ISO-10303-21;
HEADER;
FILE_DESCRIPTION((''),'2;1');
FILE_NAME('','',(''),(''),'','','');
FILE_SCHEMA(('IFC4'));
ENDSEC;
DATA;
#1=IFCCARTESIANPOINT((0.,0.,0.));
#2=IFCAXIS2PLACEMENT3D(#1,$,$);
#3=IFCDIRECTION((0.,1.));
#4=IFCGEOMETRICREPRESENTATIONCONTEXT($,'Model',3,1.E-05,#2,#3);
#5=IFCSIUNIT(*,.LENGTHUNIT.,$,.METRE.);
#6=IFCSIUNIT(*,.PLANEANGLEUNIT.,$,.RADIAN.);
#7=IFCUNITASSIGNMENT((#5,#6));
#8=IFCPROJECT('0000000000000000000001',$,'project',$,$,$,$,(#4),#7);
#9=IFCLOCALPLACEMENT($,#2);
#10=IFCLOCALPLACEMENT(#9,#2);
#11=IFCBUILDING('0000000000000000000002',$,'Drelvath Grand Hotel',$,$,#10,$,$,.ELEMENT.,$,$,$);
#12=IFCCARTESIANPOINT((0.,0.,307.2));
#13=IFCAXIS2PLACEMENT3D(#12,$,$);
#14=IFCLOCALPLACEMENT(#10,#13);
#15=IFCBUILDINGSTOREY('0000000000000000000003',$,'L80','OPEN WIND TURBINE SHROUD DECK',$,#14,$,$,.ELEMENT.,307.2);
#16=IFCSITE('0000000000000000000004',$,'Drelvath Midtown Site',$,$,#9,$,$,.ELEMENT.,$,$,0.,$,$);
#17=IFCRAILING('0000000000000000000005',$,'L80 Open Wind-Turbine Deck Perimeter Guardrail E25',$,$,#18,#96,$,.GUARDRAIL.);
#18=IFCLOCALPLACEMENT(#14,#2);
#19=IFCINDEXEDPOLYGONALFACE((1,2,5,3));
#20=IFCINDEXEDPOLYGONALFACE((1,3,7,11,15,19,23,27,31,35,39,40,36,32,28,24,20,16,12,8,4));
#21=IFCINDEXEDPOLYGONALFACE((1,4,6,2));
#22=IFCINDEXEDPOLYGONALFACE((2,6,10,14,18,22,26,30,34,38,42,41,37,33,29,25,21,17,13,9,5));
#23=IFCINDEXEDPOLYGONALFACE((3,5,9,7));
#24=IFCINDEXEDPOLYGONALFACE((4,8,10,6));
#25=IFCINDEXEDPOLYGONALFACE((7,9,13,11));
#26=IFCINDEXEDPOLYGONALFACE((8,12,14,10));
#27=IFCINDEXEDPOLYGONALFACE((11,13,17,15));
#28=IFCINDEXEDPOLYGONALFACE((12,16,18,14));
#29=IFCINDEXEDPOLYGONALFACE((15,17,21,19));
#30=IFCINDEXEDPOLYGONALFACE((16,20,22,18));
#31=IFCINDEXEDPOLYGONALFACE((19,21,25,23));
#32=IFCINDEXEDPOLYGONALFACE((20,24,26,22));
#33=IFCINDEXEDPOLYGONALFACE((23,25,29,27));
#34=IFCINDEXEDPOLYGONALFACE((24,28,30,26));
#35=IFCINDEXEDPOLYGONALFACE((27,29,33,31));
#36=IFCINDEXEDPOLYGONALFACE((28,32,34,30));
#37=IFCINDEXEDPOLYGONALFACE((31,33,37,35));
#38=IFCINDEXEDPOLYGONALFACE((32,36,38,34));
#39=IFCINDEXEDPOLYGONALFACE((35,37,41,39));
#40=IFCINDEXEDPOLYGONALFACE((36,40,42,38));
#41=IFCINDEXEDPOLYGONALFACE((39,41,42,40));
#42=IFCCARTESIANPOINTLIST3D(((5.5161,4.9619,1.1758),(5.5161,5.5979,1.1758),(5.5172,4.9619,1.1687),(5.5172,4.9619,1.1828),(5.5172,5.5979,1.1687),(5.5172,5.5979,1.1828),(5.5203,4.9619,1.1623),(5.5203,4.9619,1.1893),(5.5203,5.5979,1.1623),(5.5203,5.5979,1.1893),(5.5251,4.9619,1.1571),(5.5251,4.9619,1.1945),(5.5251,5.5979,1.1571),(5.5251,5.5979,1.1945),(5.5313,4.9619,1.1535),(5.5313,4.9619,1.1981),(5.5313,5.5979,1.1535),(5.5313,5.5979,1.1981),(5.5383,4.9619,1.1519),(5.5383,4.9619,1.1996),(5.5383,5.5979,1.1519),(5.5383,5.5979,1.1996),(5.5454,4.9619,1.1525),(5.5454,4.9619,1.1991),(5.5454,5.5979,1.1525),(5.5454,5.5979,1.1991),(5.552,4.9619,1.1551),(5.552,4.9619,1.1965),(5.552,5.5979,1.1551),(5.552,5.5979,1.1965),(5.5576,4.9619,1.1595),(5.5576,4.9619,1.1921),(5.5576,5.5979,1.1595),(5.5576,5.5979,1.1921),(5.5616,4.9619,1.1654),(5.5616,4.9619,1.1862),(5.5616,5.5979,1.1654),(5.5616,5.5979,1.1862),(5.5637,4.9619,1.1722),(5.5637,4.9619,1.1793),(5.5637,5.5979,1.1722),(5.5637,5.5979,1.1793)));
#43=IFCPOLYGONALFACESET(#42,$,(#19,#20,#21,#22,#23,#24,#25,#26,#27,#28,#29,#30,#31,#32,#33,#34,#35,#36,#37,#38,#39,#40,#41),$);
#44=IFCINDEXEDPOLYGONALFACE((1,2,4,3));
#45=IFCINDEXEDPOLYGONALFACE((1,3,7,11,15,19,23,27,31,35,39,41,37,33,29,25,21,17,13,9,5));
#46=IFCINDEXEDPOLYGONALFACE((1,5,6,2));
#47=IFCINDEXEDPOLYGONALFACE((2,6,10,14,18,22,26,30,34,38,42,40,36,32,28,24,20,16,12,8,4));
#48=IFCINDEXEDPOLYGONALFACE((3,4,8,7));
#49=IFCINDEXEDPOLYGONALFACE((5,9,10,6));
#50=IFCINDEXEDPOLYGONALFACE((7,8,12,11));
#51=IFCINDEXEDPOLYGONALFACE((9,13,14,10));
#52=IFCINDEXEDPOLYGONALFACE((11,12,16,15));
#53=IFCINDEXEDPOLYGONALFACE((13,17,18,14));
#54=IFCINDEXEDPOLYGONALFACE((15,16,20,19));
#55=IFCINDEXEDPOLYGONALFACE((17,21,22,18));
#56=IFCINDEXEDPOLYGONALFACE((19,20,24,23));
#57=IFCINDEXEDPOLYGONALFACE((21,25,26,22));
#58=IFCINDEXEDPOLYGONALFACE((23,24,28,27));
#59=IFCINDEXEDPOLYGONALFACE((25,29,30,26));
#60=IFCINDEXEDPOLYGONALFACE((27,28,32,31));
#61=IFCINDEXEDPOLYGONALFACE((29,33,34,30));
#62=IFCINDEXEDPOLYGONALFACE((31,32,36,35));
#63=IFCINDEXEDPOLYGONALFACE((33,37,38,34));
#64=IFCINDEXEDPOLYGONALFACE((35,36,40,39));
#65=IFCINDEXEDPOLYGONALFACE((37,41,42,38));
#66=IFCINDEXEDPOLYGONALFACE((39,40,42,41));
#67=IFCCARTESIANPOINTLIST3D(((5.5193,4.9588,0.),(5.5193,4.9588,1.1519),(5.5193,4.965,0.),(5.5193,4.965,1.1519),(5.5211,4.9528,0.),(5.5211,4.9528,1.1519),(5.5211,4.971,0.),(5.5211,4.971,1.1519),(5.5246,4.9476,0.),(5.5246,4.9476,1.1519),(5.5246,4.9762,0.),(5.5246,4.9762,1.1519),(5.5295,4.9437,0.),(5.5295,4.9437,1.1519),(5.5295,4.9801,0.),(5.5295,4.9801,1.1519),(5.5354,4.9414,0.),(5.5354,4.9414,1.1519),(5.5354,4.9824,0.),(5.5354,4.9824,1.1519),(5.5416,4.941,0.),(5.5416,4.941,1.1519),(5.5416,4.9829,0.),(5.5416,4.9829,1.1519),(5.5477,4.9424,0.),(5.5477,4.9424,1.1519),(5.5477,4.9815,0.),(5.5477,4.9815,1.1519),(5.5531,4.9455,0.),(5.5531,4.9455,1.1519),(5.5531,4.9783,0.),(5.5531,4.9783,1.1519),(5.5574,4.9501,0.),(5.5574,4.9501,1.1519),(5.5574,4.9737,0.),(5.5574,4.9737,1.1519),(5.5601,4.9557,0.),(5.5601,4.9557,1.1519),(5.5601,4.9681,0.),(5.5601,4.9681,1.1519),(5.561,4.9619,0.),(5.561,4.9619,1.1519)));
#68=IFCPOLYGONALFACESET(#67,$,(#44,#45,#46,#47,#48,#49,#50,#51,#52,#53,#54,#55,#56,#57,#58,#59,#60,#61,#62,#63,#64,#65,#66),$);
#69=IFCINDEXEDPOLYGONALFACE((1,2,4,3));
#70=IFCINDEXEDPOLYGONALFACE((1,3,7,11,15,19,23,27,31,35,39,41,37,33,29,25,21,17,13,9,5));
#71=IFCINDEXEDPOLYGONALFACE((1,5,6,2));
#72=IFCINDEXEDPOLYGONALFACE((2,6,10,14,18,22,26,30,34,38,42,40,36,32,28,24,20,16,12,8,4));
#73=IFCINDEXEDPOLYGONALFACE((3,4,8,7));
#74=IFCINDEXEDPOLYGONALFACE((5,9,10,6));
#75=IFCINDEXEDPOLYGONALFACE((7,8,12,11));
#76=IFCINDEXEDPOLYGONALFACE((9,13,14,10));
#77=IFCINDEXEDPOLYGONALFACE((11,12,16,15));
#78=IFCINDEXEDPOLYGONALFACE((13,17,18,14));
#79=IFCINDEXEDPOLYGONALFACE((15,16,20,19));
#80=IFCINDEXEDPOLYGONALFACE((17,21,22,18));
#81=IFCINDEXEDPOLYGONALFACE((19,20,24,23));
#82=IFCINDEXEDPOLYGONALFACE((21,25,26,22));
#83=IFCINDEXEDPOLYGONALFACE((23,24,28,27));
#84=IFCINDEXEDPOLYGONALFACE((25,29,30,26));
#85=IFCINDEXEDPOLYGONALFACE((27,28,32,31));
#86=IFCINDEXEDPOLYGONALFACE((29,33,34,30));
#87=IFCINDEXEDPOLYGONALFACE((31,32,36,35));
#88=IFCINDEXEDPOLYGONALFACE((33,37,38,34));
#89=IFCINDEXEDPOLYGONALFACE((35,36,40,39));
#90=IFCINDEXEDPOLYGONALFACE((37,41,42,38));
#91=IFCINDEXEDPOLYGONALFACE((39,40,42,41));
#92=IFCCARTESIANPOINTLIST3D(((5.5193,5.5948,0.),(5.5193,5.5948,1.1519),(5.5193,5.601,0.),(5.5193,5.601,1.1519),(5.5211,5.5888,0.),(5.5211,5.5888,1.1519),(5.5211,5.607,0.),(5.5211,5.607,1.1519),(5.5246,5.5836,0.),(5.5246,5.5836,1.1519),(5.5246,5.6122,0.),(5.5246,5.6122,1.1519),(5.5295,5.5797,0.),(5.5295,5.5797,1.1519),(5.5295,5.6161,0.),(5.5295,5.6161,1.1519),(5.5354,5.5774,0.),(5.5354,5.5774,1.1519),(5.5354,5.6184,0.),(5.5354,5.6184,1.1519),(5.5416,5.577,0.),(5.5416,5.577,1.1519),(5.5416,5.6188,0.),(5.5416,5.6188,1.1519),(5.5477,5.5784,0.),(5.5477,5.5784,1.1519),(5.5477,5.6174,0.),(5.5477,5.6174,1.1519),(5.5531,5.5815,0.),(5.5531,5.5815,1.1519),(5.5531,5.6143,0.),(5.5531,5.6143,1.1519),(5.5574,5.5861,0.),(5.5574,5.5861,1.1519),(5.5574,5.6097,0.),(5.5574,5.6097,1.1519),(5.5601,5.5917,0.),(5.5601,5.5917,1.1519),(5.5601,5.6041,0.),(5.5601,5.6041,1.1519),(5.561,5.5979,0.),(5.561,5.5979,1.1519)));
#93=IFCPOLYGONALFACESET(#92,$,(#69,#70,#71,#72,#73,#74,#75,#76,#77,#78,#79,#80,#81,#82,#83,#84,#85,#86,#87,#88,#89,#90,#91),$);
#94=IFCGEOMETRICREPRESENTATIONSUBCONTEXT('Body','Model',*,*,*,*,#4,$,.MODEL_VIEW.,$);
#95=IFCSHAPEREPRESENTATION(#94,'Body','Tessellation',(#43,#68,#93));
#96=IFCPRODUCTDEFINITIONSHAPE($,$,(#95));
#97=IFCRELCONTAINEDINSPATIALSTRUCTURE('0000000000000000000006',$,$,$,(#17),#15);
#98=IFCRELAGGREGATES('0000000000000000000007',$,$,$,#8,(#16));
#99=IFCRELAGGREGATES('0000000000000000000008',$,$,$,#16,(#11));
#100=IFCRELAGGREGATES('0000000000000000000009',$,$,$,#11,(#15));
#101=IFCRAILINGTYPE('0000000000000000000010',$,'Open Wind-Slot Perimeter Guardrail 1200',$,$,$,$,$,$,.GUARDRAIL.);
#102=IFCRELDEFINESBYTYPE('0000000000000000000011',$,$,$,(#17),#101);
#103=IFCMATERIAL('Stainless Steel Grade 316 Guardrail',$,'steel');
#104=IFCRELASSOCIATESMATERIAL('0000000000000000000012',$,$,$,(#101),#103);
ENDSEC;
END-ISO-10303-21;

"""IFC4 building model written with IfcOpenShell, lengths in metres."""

from ifc_helpers import new_model, si_unit, direction, frame, origin, origin_2d, place, context, subcontext, project, spatial, circle, extrude, material, type_object, element, save


model = new_model("IFC4")

# Units and contexts
model_context = context("Model", 3, precision=1e-05, world=origin(), true_north=direction((0.0, 1.0)))
body_context = subcontext(model_context, "Body", "Model", "MODEL_VIEW")
ifc_project = project(units=[si_unit("LENGTHUNIT", "METRE"), si_unit("PLANEANGLEUNIT", "RADIAN")], contexts=[model_context])

# Site, building, storey
site_placement = place(None, origin())
site = spatial("IfcSite", under=ifc_project, at=site_placement, Name="Drelvath Midtown Site", CompositionType="ELEMENT", RefElevation=0.0)
building_placement = place(site_placement, origin())
building = spatial("IfcBuilding", under=site, at=building_placement, Name="Drelvath Grand Hotel", CompositionType="ELEMENT")
storey_placement = place(building_placement, frame((0.0, 0.0, 307.2)))
storey = spatial("IfcBuildingStorey", under=building, at=storey_placement, Name="L80", Description="OPEN WIND TURBINE SHROUD DECK", CompositionType="ELEMENT", Elevation=307.2)

# Railing
ifc_material_1 = material(Name="Stainless Steel Grade 316 Guardrail", Category="steel")
railing_type = type_object("IfcRailingType", Name="Open Wind-Slot Perimeter Guardrail 1200", PredefinedType="GUARDRAIL", material=ifc_material_1)
railing_1_placement = place(storey_placement, frame((5.54, 4.9619, 0.0)))
element("IfcRailing", 1, at=railing_1_placement, inside=storey, type_object=railing_type, Name="L80 Open Wind-Turbine Deck Perimeter Guardrail E25", PredefinedType="GUARDRAIL", context=body_context, shape_type="SweptSolid", body=[
    extrude(circle(Radius=0.0239, at=origin_2d()), frame((0.0, 0.0, 1.1758), z_axis=(0.0, 1.0, 0.0), x_axis=(-1.0, 0.0, 0.0)), (0.0, 0.0, 1.0), 0.636),
    extrude(circle(Radius=0.021, at=origin_2d()), origin(), (0.0, 0.0, 1.0), 1.1519),
    extrude(circle(Radius=0.021, at=origin_2d()), frame((0.0, 0.636, 0.0)), (0.0, 0.0, 1.0), 1.1519),
])

save(model, "model.ifc")
